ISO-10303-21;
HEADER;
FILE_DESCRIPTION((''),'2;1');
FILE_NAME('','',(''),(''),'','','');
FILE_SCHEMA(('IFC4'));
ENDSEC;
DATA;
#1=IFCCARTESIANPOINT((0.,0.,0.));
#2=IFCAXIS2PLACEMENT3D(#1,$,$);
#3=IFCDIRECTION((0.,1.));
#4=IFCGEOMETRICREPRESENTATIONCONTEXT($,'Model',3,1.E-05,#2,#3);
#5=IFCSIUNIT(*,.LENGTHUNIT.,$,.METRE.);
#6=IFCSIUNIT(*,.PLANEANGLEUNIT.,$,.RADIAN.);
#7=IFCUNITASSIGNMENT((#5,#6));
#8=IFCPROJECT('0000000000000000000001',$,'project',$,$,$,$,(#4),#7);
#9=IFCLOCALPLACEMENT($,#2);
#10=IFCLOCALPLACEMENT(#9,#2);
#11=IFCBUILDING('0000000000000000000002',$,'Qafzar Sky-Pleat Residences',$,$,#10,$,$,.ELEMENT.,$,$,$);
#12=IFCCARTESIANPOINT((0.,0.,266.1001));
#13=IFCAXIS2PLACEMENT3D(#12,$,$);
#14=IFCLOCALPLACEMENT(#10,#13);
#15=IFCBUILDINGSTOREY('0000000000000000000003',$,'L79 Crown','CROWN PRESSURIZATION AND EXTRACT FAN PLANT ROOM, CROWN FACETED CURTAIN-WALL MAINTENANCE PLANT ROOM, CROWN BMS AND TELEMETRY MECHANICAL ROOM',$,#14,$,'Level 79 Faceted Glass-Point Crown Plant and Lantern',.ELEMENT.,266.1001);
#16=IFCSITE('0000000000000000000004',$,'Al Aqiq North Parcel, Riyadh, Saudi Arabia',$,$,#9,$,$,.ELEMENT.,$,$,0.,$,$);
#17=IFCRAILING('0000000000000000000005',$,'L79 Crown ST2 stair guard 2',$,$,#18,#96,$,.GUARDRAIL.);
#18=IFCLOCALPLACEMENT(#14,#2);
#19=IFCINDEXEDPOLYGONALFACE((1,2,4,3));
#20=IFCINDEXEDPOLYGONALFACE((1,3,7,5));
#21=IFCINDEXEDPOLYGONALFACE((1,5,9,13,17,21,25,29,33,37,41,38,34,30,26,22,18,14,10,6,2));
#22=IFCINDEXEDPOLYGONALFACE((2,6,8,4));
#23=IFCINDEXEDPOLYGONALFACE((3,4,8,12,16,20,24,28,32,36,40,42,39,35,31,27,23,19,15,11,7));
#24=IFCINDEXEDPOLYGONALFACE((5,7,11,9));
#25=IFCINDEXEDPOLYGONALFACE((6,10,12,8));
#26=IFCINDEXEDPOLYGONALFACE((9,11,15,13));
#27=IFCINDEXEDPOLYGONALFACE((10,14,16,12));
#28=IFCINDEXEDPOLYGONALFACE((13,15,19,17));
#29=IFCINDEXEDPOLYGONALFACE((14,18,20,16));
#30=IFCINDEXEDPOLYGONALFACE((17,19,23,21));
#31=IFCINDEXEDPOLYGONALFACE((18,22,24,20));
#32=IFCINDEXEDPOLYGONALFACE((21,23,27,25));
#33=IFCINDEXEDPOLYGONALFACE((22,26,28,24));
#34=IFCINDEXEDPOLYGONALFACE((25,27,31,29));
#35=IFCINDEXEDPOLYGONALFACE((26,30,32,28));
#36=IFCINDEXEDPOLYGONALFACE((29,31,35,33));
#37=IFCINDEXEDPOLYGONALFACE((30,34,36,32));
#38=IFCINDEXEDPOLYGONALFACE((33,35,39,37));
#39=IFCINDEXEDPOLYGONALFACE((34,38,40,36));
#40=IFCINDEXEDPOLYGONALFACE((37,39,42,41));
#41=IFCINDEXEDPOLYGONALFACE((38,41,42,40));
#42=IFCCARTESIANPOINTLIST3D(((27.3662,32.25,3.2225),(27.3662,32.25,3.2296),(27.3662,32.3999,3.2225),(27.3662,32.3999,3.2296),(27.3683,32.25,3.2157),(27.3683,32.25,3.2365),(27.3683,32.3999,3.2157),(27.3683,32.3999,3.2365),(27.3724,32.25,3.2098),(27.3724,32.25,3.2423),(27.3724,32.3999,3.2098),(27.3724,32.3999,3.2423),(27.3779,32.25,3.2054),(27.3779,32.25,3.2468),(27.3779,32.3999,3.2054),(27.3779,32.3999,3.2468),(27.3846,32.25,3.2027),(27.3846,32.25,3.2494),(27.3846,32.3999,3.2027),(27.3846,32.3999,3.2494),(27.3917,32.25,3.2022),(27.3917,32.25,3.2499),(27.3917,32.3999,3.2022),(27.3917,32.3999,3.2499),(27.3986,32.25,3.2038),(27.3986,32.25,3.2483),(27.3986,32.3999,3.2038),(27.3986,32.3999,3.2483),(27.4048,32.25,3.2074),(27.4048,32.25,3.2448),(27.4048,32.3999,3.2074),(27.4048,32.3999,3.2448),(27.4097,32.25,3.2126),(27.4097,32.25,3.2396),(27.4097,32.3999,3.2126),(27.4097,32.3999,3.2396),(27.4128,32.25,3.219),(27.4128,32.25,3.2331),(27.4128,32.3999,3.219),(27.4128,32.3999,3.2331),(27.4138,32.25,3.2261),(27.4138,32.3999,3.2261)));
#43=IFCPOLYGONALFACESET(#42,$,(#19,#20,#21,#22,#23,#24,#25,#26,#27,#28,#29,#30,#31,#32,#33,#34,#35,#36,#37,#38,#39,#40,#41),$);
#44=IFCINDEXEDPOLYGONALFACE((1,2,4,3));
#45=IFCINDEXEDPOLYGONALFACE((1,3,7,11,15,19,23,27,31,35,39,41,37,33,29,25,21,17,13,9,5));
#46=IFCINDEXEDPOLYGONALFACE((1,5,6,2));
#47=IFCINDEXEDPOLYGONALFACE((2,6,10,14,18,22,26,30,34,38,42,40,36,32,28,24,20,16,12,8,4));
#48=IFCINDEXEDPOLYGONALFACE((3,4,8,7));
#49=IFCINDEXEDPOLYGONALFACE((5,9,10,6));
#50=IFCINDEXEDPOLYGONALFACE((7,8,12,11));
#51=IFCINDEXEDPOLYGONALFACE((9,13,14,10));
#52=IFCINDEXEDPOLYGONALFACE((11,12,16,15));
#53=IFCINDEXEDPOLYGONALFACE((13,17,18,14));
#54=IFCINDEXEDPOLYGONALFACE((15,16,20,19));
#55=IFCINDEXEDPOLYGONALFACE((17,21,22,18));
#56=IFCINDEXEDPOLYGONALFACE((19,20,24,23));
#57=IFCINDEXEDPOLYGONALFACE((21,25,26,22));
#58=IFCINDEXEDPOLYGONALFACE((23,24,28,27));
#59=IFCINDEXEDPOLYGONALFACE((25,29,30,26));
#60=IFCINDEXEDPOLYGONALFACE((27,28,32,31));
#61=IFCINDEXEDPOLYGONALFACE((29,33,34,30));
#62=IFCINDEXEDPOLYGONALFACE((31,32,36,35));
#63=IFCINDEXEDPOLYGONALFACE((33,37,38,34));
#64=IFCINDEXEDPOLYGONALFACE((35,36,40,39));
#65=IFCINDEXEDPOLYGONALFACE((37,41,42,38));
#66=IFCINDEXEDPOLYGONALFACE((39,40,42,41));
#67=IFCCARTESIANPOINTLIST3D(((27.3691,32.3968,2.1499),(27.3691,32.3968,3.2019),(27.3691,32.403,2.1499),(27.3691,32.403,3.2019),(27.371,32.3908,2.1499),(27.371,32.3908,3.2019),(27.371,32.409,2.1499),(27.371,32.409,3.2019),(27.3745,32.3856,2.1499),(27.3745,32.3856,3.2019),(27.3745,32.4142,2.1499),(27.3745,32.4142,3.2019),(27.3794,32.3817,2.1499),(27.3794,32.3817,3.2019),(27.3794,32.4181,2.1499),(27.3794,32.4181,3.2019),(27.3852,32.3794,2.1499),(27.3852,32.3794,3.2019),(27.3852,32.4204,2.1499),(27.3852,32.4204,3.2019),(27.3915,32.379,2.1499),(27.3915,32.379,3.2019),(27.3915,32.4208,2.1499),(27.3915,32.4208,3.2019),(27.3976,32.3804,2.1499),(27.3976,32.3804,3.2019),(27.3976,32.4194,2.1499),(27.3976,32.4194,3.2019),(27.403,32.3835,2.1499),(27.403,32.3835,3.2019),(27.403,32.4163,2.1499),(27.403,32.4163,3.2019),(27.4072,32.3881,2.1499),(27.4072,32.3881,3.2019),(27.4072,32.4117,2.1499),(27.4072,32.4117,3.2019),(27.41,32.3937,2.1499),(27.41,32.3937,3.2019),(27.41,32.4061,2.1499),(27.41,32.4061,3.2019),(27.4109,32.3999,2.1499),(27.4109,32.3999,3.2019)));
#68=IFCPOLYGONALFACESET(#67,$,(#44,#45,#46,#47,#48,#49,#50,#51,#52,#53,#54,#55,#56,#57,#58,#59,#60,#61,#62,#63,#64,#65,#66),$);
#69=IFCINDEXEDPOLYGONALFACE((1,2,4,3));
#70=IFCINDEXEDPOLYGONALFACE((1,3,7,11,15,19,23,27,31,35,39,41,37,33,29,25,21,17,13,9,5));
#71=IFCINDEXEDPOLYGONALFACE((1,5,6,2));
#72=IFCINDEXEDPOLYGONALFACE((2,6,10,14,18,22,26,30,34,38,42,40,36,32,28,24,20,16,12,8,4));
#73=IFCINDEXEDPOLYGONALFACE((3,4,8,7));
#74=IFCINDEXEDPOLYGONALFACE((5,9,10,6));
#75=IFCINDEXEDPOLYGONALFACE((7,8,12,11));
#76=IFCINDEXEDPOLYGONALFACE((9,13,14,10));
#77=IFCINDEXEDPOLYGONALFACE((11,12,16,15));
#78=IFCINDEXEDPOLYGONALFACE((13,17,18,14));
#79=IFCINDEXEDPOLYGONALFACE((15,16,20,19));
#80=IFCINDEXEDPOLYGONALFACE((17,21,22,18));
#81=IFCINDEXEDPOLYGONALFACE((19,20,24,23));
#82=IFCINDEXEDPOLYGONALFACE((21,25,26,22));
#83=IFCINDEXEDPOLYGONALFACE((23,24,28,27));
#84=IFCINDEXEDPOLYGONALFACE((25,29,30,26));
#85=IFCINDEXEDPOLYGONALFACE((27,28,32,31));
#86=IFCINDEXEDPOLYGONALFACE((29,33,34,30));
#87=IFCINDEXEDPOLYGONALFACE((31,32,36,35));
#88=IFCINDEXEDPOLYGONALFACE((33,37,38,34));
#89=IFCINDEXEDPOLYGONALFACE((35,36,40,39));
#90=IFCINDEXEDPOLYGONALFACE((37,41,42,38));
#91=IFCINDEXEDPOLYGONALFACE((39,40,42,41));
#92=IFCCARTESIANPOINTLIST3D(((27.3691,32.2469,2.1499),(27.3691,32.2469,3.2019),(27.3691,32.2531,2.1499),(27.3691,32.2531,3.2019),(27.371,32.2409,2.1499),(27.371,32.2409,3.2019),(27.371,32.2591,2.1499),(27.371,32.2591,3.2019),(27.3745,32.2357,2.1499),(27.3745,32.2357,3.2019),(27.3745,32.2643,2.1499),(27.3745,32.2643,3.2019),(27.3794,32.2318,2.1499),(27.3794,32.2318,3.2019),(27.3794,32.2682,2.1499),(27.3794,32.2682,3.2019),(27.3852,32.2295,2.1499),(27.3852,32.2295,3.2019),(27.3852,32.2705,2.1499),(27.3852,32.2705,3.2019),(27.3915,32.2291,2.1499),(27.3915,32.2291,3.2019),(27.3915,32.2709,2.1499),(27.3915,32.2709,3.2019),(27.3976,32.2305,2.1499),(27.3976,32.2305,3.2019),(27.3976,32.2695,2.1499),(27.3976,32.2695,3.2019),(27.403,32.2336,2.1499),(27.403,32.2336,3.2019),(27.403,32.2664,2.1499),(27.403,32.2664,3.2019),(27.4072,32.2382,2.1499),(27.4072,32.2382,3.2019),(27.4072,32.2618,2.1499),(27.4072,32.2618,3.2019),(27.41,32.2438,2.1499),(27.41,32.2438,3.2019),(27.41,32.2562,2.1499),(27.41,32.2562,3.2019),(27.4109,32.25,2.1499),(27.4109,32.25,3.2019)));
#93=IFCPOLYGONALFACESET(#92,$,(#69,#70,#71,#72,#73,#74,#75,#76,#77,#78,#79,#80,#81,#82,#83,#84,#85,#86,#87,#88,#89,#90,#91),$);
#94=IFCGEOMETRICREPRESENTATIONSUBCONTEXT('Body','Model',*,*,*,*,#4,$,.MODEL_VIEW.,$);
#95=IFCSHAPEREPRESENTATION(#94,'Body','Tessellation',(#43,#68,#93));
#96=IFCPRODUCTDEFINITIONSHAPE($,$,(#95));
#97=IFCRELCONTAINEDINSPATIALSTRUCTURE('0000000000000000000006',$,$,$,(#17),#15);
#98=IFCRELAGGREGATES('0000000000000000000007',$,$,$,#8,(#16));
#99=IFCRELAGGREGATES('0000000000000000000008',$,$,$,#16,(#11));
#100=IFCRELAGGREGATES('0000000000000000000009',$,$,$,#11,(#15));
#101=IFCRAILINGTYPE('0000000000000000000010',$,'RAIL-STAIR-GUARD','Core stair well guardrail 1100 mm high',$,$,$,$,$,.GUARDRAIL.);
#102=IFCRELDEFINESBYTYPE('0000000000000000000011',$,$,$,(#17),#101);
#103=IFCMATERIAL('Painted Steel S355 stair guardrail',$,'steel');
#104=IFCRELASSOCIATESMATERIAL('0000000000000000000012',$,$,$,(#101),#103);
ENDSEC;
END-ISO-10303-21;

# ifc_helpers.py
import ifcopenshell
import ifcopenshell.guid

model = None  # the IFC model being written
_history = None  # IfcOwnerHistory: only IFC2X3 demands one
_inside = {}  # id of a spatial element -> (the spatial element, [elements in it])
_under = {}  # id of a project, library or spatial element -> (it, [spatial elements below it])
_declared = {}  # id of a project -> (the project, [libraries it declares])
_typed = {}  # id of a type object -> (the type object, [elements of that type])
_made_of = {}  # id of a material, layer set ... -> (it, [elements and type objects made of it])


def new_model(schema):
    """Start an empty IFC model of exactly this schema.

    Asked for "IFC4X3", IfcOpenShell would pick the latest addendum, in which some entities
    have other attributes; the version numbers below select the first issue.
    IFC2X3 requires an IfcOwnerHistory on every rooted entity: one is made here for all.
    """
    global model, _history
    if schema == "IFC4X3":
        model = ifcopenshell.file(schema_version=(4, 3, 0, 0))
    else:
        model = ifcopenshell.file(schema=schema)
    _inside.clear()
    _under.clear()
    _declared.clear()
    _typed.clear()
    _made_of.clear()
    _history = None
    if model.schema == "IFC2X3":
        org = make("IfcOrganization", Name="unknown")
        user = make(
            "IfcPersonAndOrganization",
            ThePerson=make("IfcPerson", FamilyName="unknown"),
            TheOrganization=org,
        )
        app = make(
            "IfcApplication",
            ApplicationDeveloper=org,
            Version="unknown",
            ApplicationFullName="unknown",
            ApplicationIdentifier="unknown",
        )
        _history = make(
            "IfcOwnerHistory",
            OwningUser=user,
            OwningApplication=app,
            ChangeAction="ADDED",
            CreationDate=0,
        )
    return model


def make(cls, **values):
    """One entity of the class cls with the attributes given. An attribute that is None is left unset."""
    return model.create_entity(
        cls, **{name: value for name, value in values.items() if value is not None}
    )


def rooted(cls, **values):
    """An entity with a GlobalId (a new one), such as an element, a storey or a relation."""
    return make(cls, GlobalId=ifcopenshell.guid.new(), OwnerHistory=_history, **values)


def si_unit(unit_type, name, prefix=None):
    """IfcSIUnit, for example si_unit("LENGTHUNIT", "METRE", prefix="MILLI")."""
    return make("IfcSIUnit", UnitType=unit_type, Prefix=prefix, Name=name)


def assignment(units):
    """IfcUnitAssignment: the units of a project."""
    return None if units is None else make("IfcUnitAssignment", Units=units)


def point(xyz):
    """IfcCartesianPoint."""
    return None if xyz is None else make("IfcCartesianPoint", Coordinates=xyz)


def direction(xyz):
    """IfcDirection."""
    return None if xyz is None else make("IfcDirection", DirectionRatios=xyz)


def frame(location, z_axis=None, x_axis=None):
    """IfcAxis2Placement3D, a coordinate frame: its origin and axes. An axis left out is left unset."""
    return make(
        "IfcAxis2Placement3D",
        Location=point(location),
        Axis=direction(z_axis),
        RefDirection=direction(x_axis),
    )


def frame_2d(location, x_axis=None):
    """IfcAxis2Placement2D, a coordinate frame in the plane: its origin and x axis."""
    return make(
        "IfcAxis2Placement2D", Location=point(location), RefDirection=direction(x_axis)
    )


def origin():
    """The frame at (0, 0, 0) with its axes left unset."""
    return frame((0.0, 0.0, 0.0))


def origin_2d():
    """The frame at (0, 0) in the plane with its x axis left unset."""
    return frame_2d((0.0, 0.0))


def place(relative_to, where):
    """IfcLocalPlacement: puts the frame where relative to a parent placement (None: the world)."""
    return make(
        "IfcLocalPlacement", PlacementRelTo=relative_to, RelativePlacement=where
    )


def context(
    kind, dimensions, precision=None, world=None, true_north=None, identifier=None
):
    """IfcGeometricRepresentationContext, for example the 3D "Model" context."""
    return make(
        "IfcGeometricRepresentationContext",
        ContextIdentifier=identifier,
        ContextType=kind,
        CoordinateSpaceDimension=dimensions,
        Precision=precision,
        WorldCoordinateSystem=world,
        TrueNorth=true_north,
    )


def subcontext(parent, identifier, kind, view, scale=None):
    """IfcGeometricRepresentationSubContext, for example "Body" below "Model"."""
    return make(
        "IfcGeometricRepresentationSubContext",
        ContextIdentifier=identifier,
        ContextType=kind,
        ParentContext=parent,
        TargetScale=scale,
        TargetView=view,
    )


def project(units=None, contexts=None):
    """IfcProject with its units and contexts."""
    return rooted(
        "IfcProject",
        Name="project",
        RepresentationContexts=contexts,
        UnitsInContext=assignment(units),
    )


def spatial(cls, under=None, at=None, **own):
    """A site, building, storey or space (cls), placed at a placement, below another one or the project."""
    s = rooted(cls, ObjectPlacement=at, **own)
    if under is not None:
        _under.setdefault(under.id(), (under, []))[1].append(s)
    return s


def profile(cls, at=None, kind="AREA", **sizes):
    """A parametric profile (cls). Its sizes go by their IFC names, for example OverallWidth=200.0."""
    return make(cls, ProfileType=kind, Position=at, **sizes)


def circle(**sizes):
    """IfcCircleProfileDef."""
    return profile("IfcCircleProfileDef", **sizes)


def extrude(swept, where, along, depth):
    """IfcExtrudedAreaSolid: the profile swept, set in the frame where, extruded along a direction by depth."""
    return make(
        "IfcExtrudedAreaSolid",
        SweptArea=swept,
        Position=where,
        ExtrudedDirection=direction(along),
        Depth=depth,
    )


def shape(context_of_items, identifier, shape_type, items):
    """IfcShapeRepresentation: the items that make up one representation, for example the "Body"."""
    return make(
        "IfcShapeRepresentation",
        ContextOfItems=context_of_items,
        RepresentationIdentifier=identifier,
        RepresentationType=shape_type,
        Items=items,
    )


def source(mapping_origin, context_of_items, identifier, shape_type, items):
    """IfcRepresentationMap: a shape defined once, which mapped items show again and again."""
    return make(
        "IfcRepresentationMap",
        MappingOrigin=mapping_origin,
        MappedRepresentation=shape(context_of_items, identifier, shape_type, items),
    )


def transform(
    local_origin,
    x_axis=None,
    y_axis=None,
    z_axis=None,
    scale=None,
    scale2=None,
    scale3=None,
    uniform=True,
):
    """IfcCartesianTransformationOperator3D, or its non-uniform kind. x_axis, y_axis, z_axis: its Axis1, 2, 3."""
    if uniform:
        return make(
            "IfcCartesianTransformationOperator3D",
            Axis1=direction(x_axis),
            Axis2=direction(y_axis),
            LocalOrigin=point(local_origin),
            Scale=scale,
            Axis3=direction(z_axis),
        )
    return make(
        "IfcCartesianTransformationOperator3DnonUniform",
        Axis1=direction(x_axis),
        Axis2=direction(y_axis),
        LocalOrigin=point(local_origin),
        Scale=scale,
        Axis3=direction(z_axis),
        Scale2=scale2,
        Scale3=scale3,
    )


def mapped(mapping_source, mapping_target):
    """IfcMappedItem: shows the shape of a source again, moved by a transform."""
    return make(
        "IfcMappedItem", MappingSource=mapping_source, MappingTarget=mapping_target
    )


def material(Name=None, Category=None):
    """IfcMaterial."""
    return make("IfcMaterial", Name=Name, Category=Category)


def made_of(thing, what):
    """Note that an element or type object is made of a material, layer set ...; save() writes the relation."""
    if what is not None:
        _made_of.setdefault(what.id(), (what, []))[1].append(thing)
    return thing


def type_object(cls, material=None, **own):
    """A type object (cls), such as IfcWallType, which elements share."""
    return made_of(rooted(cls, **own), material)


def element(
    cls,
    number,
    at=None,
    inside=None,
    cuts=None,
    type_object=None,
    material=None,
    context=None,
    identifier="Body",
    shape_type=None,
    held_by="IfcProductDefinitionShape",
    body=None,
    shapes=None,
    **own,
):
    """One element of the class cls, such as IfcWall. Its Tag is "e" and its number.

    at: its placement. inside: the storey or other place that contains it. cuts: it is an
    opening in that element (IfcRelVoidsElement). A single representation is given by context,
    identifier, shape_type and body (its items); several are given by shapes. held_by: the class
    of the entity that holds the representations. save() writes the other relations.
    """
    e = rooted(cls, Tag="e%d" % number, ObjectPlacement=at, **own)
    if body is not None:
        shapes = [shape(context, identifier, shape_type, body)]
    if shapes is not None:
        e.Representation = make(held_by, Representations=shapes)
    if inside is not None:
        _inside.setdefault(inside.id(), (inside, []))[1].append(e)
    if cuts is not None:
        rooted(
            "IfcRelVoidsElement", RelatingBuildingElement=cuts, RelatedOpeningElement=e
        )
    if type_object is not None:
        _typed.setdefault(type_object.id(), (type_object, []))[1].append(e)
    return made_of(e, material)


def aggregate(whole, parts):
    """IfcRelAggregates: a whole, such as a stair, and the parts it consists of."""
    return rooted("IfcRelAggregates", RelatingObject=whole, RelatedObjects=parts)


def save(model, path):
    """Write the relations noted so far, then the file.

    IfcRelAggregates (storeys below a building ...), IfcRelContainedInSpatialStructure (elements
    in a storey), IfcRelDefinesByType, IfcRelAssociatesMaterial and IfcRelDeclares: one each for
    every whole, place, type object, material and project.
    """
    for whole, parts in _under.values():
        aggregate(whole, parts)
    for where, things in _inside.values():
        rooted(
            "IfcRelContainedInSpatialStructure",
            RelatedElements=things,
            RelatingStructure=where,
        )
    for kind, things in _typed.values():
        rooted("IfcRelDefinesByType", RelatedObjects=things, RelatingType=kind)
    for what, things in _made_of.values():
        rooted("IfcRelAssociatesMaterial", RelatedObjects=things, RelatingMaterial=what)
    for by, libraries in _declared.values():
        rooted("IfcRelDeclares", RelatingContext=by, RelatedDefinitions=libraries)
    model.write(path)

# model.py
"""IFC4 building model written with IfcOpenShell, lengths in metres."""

from ifc_helpers import new_model, si_unit, direction, frame, origin, origin_2d, place, context, subcontext, project, spatial, circle, extrude, source, transform, mapped, material, type_object, element, save


model = new_model("IFC4")

# Units and contexts
model_context = context("Model", 3, precision=1e-05, world=origin(), true_north=direction((0.0, 1.0)))
body_context = subcontext(model_context, "Body", "Model", "MODEL_VIEW")
ifc_project = project(units=[si_unit("LENGTHUNIT", "METRE"), si_unit("PLANEANGLEUNIT", "RADIAN")], contexts=[model_context])

# Site, building, storey
site_placement = place(None, origin())
site = spatial("IfcSite", under=ifc_project, at=site_placement, Name="Al Aqiq North Parcel, Riyadh, Saudi Arabia", CompositionType="ELEMENT", RefElevation=0.0)
building_placement = place(site_placement, origin())
building = spatial("IfcBuilding", under=site, at=building_placement, Name="Qafzar Sky-Pleat Residences", CompositionType="ELEMENT")
storey_placement = place(building_placement, frame((0.0, 0.0, 266.1001)))
storey = spatial("IfcBuildingStorey", under=building, at=storey_placement, Name="L79 Crown", Description="CROWN PRESSURIZATION AND EXTRACT FAN PLANT ROOM, CROWN FACETED CURTAIN-WALL MAINTENANCE PLANT ROOM, CROWN BMS AND TELEMETRY MECHANICAL ROOM", LongName="Level 79 Faceted Glass-Point Crown Plant and Lantern", CompositionType="ELEMENT", Elevation=266.1001)

# Railing
ifc_material_1 = material(Name="Painted Steel S355 stair guardrail", Category="steel")
railing_type_1 = type_object("IfcRailingType", Name="RAIL-STAIR-GUARD", Description="Core stair well guardrail 1100 mm high", PredefinedType="GUARDRAIL", material=ifc_material_1)
shared_shape_1 = source(origin(), body_context, "Body", "SweptSolid", [
    extrude(circle(Radius=0.0239, at=origin_2d()), frame((0.0, 0.0, 1.0762), z_axis=(0.0, -1.0, 0.0), x_axis=(1.0, 0.0, 0.0)), (0.0, 0.0, 1.0), 0.1499),
    extrude(circle(Radius=0.021, at=origin_2d()), origin(), (0.0, 0.0, 1.0), 1.052),
    extrude(circle(Radius=0.021, at=origin_2d()), frame((0.0, -0.1499, 0.0)), (0.0, 0.0, 1.0), 1.052),
])
railing_1_placement = place(storey_placement, frame((27.3899, 32.3999, 2.1499)))
element("IfcRailing", 1, at=railing_1_placement, inside=storey, type_object=railing_type_1, Name="L79 Crown ST2 stair guard 2", PredefinedType="GUARDRAIL", context=body_context, shape_type="MappedRepresentation", body=[
    mapped(shared_shape_1, transform((0.0, 0.0, 0.0), x_axis=(1.0, 0.0, 0.0), y_axis=(0.0, 1.0, 0.0), z_axis=(0.0, 0.0, 1.0), scale=1.0)),
])

save(model, "model.ifc")
